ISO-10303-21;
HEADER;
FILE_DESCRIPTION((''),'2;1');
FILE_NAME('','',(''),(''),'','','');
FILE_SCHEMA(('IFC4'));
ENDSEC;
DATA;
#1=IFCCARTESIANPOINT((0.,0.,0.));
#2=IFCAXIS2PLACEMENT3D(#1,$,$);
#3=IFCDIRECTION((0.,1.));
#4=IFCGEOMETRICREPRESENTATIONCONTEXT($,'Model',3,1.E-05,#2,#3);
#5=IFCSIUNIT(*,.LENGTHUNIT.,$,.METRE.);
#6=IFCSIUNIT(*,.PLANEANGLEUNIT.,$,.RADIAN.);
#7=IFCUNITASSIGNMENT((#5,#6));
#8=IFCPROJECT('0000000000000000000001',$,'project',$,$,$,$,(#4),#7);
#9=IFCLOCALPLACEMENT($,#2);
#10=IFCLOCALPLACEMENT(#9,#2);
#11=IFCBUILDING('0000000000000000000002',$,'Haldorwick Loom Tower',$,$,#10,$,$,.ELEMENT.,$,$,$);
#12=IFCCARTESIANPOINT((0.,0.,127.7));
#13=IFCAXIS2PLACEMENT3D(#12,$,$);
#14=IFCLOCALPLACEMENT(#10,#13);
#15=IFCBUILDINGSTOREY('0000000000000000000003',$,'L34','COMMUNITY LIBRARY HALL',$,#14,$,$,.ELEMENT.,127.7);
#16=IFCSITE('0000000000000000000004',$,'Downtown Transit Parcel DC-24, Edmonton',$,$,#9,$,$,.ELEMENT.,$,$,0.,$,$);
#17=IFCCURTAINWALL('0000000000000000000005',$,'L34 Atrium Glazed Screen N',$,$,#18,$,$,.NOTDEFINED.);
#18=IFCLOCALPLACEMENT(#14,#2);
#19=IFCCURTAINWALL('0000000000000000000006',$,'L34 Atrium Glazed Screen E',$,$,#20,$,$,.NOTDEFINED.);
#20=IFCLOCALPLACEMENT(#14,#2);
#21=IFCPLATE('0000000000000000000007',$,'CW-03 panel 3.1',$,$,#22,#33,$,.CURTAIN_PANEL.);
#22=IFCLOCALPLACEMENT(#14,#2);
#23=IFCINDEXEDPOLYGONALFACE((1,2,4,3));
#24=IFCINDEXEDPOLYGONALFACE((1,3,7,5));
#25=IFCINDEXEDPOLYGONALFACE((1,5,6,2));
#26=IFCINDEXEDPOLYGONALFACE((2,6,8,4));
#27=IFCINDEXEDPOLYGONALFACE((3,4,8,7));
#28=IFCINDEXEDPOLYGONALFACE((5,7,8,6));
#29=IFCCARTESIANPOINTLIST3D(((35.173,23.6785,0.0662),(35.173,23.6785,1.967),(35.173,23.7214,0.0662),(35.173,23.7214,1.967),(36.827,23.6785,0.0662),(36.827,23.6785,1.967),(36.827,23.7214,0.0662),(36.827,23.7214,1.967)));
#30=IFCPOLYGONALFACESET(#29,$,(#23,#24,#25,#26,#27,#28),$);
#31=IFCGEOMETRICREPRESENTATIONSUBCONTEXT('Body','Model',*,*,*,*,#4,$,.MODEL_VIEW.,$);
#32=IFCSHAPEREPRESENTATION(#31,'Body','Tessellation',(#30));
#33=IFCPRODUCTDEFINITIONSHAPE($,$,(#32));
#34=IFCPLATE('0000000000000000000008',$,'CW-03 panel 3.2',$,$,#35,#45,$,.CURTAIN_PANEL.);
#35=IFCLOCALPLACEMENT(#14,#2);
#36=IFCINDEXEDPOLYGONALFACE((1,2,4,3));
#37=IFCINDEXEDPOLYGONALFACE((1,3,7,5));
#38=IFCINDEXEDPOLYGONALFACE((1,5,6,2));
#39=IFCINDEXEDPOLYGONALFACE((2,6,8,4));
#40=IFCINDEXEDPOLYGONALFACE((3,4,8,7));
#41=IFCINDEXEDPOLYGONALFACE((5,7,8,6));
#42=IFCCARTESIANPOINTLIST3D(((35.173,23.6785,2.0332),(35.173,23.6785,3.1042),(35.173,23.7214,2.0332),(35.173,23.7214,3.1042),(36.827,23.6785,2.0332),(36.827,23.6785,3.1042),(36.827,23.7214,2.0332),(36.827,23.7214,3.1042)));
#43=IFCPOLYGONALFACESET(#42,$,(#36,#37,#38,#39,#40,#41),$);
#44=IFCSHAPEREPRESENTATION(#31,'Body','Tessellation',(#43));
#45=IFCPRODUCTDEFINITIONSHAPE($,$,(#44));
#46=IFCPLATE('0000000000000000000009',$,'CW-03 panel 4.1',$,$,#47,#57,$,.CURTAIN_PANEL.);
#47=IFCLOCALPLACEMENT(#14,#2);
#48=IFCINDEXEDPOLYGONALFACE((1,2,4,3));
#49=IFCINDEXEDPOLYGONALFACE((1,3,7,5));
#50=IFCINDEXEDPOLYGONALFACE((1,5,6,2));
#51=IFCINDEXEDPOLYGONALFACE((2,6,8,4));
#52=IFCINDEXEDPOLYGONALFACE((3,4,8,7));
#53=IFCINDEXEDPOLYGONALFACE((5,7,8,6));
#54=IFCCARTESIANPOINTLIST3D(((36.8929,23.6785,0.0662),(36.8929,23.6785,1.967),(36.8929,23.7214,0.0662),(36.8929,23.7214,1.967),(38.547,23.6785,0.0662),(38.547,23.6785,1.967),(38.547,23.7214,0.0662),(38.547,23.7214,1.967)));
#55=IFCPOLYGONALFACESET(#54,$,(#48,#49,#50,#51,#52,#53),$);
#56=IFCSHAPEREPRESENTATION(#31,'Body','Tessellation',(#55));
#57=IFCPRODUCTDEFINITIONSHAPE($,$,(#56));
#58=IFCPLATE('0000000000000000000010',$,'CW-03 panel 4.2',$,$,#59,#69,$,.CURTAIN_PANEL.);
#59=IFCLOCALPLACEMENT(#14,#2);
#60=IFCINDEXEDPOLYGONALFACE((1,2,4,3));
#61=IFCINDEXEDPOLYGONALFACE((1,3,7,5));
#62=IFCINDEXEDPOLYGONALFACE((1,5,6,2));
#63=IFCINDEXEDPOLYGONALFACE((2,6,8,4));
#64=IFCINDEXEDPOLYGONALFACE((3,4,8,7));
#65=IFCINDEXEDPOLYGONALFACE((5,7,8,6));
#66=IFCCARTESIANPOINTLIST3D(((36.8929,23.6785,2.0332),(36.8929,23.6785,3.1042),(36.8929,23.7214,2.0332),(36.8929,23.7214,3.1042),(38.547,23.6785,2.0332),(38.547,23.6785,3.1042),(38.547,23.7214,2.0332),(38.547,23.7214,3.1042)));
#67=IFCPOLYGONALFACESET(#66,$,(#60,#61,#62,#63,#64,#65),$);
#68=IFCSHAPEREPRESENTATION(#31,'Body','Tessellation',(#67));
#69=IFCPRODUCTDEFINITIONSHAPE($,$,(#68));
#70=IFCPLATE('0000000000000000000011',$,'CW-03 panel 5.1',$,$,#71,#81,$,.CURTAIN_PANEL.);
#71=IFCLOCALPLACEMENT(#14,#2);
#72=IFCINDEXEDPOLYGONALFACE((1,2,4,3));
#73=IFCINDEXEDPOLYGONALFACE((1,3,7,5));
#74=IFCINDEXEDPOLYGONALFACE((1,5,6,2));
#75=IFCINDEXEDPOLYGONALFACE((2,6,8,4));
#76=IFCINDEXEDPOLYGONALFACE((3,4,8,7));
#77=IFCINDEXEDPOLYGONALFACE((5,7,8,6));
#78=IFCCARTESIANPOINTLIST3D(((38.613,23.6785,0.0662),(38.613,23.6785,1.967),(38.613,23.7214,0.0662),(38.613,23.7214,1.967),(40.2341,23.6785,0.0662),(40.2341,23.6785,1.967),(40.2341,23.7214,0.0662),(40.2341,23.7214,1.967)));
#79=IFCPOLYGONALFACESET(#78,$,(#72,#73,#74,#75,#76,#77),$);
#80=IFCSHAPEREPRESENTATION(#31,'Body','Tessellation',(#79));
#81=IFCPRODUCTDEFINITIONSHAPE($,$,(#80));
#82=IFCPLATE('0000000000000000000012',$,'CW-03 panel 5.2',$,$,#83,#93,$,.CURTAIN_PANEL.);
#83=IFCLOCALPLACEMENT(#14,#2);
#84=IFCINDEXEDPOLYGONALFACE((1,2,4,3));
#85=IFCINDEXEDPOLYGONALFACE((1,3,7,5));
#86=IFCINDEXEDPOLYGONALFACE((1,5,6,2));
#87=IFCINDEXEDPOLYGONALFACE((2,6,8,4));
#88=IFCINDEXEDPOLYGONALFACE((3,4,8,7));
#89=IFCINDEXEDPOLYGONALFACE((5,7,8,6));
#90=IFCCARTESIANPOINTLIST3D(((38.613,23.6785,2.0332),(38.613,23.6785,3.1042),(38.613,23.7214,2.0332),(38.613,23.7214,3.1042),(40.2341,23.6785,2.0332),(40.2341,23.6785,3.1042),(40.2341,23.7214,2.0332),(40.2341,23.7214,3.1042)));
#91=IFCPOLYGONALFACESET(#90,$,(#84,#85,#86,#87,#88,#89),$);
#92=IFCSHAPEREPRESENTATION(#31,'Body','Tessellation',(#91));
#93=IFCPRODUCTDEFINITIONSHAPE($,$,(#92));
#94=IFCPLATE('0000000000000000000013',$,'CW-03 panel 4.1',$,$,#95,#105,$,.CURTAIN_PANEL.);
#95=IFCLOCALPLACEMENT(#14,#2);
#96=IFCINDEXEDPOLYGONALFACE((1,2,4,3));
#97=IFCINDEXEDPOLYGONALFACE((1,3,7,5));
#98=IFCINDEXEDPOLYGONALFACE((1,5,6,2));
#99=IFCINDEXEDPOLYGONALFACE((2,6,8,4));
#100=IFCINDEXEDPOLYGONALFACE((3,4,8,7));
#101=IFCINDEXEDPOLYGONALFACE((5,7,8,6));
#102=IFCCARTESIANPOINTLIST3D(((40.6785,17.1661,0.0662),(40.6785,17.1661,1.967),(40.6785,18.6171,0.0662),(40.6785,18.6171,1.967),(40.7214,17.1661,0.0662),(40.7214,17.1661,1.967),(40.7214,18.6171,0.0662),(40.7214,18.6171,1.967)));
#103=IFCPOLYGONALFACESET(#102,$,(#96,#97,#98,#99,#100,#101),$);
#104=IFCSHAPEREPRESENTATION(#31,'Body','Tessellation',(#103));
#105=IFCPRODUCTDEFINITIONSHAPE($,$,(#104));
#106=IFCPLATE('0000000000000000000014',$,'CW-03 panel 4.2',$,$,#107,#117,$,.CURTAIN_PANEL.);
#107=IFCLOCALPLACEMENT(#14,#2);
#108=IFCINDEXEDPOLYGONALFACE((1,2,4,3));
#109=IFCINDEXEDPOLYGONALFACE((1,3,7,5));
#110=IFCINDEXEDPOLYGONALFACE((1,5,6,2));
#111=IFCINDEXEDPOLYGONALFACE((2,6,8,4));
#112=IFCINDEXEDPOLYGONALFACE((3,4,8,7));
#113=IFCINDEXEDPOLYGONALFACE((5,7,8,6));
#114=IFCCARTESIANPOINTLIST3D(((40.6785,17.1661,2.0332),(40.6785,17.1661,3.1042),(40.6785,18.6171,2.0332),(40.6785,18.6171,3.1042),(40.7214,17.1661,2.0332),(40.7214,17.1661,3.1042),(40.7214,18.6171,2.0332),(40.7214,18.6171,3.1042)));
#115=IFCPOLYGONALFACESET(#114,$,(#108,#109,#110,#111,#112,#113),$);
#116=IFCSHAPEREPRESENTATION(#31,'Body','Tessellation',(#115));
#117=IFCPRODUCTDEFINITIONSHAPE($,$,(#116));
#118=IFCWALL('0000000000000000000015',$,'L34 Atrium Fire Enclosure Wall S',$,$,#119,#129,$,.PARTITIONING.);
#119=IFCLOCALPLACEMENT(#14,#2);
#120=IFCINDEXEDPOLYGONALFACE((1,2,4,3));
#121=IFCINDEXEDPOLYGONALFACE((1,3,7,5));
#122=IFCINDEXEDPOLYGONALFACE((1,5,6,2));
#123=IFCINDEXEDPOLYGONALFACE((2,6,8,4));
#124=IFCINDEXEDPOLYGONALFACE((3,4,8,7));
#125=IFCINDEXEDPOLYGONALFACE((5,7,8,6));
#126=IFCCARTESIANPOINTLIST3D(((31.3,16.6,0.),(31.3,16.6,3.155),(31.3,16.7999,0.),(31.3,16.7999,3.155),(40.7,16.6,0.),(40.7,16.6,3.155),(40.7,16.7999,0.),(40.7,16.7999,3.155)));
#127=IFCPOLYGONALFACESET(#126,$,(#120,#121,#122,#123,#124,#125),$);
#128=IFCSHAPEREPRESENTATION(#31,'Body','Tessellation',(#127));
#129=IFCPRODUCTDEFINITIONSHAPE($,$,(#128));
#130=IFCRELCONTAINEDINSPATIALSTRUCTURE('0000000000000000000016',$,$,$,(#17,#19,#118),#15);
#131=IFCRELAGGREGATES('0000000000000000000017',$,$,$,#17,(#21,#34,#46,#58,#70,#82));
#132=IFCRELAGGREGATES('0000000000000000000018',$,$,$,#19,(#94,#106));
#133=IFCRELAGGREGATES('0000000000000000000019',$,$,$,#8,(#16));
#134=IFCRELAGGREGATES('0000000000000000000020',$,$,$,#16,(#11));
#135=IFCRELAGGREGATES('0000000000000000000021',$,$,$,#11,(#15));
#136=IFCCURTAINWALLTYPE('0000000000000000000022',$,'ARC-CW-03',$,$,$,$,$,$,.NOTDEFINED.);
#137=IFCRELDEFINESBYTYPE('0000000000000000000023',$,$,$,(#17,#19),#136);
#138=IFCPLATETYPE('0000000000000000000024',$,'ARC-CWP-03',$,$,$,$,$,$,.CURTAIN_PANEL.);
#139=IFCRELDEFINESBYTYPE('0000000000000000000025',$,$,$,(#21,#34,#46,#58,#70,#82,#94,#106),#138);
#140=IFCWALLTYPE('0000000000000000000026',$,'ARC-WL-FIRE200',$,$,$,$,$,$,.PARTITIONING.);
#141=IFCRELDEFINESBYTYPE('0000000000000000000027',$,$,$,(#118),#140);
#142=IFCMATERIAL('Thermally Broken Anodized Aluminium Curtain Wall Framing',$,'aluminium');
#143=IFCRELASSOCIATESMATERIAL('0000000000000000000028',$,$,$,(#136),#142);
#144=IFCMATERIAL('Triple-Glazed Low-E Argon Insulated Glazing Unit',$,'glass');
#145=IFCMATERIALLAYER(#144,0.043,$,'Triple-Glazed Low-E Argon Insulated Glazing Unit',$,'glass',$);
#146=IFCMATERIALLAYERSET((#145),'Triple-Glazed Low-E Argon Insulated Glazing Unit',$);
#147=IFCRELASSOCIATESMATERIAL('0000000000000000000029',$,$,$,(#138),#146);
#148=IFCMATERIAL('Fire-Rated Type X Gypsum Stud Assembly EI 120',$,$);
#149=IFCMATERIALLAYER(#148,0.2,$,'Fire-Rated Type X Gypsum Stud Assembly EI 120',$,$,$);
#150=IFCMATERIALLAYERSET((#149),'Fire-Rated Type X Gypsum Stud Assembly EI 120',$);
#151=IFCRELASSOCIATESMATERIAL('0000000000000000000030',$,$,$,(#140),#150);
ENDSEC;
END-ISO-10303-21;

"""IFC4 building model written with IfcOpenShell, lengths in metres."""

from ifc_helpers import new_model, si_unit, direction, frame, frame_2d, origin, origin_2d, place, context, subcontext, project, spatial, rectangle, extrude, material, layer, layer_set, type_object, element, aggregate, save


model = new_model("IFC4")

# Units and contexts
model_context = context("Model", 3, precision=1e-05, world=origin(), true_north=direction((0.0, 1.0)))
body_context = subcontext(model_context, "Body", "Model", "MODEL_VIEW")
ifc_project = project(units=[si_unit("LENGTHUNIT", "METRE"), si_unit("PLANEANGLEUNIT", "RADIAN")], contexts=[model_context])

# Site, building, storey
site_placement = place(None, origin())
site = spatial("IfcSite", under=ifc_project, at=site_placement, Name="Downtown Transit Parcel DC-24, Edmonton", CompositionType="ELEMENT", RefElevation=0.0)
building_placement = place(site_placement, origin())
building = spatial("IfcBuilding", under=site, at=building_placement, Name="Haldorwick Loom Tower", CompositionType="ELEMENT")
storey_placement = place(building_placement, frame((0.0, 0.0, 127.7)))
storey = spatial("IfcBuildingStorey", under=building, at=storey_placement, Name="L34", Description="COMMUNITY LIBRARY HALL", CompositionType="ELEMENT", Elevation=127.7)

# Shared definitions
ifc_material_1 = material(Name="Thermally Broken Anodized Aluminium Curtain Wall Framing", Category="aluminium")
curtain_wall_type = type_object("IfcCurtainWallType", Name="ARC-CW-03", PredefinedType="NOTDEFINED", material=ifc_material_1)

# Curtain walls
curtain_wall_1_placement = place(storey_placement, origin())
curtain_wall_1 = element("IfcCurtainWall", 1, at=curtain_wall_1_placement, inside=storey, type_object=curtain_wall_type, Name="L34 Atrium Glazed Screen N", PredefinedType="NOTDEFINED")
curtain_wall_2_placement = place(storey_placement, origin())
curtain_wall_2 = element("IfcCurtainWall", 2, at=curtain_wall_2_placement, inside=storey, type_object=curtain_wall_type, Name="L34 Atrium Glazed Screen E", PredefinedType="NOTDEFINED")

# Plates
ifc_material_2 = material(Name="Triple-Glazed Low-E Argon Insulated Glazing Unit", Category="glass")
ifc_layer_1 = layer(ifc_material_2, 0.043, Name="Triple-Glazed Low-E Argon Insulated Glazing Unit", Category="glass")
ifc_layer_set_1 = layer_set([ifc_layer_1], Name="Triple-Glazed Low-E Argon Insulated Glazing Unit")
plate_type = type_object("IfcPlateType", Name="ARC-CWP-03", PredefinedType="CURTAIN_PANEL", material=ifc_layer_set_1)
plate_1_placement = place(storey_placement, frame((36.0, 23.7, 0.0662), z_axis=(0.0, 0.0, 1.0), x_axis=(1.0, 0.0, 0.0)))
plate_1 = element("IfcPlate", 3, at=plate_1_placement, type_object=plate_type, Name="CW-03 panel 3.1", PredefinedType="CURTAIN_PANEL", context=body_context, shape_type="SweptSolid", body=[
    extrude(rectangle(XDim=1.6541, YDim=0.043, at=origin_2d()), origin(), (0.0, 0.0, 1.0), 1.9009),
])
plate_2_placement = place(storey_placement, frame((36.0, 23.7, 2.0332), z_axis=(0.0, 0.0, 1.0), x_axis=(1.0, 0.0, 0.0)))
plate_2 = element("IfcPlate", 4, at=plate_2_placement, type_object=plate_type, Name="CW-03 panel 3.2", PredefinedType="CURTAIN_PANEL", context=body_context, shape_type="SweptSolid", body=[
    extrude(rectangle(XDim=1.6541, YDim=0.043, at=origin_2d()), origin(), (0.0, 0.0, 1.0), 1.071),
])
plate_3_placement = place(storey_placement, frame((37.72, 23.7, 0.0662), z_axis=(0.0, 0.0, 1.0), x_axis=(1.0, 0.0, 0.0)))
plate_3 = element("IfcPlate", 5, at=plate_3_placement, type_object=plate_type, Name="CW-03 panel 4.1", PredefinedType="CURTAIN_PANEL", context=body_context, shape_type="SweptSolid", body=[
    extrude(rectangle(XDim=1.6541, YDim=0.043, at=origin_2d()), origin(), (0.0, 0.0, 1.0), 1.9009),
])
plate_4_placement = place(storey_placement, frame((37.72, 23.7, 2.0332), z_axis=(0.0, 0.0, 1.0), x_axis=(1.0, 0.0, 0.0)))
plate_4 = element("IfcPlate", 6, at=plate_4_placement, type_object=plate_type, Name="CW-03 panel 4.2", PredefinedType="CURTAIN_PANEL", context=body_context, shape_type="SweptSolid", body=[
    extrude(rectangle(XDim=1.6541, YDim=0.043, at=origin_2d()), origin(), (0.0, 0.0, 1.0), 1.071),
])
plate_5_placement = place(storey_placement, frame((39.4236, 23.7, 0.0662), z_axis=(0.0, 0.0, 1.0), x_axis=(1.0, 0.0, 0.0)))
plate_5 = element("IfcPlate", 7, at=plate_5_placement, type_object=plate_type, Name="CW-03 panel 5.1", PredefinedType="CURTAIN_PANEL", context=body_context, shape_type="SweptSolid", body=[
    extrude(rectangle(XDim=1.6211, YDim=0.043, at=origin_2d()), origin(), (0.0, 0.0, 1.0), 1.9009),
])
plate_6_placement = place(storey_placement, frame((39.4236, 23.7, 2.0332), z_axis=(0.0, 0.0, 1.0), x_axis=(1.0, 0.0, 0.0)))
plate_6 = element("IfcPlate", 8, at=plate_6_placement, type_object=plate_type, Name="CW-03 panel 5.2", PredefinedType="CURTAIN_PANEL", context=body_context, shape_type="SweptSolid", body=[
    extrude(rectangle(XDim=1.6211, YDim=0.043, at=origin_2d()), origin(), (0.0, 0.0, 1.0), 1.071),
])
aggregate(curtain_wall_1, [plate_1, plate_2, plate_3, plate_4, plate_5, plate_6])
plate_7_placement = place(storey_placement, frame((40.7, 17.8916, 0.0662), z_axis=(0.0, 0.0, 1.0), x_axis=(0.0, -1.0, 0.0)))
plate_7 = element("IfcPlate", 9, at=plate_7_placement, type_object=plate_type, Name="CW-03 panel 4.1", PredefinedType="CURTAIN_PANEL", context=body_context, shape_type="SweptSolid", body=[
    extrude(rectangle(XDim=1.4509, YDim=0.043, at=origin_2d()), origin(), (0.0, 0.0, 1.0), 1.9009),
])
plate_8_placement = place(storey_placement, frame((40.7, 17.8916, 2.0332), z_axis=(0.0, 0.0, 1.0), x_axis=(0.0, -1.0, 0.0)))
plate_8 = element("IfcPlate", 10, at=plate_8_placement, type_object=plate_type, Name="CW-03 panel 4.2", PredefinedType="CURTAIN_PANEL", context=body_context, shape_type="SweptSolid", body=[
    extrude(rectangle(XDim=1.4509, YDim=0.043, at=origin_2d()), origin(), (0.0, 0.0, 1.0), 1.071),
])
aggregate(curtain_wall_2, [plate_7, plate_8])

# Wall
ifc_material_3 = material(Name="Fire-Rated Type X Gypsum Stud Assembly EI 120")
ifc_layer_2 = layer(ifc_material_3, 0.2, Name="Fire-Rated Type X Gypsum Stud Assembly EI 120")
ifc_layer_set_2 = layer_set([ifc_layer_2], Name="Fire-Rated Type X Gypsum Stud Assembly EI 120")
wall_type = type_object("IfcWallType", Name="ARC-WL-FIRE200", PredefinedType="PARTITIONING", material=ifc_layer_set_2)
wall_placement = place(storey_placement, frame((40.7, 16.7, 0.0), z_axis=(0.0, 0.0, 1.0), x_axis=(-1.0, 0.0, 0.0)))
element("IfcWall", 11, at=wall_placement, inside=storey, type_object=wall_type, Name="L34 Atrium Fire Enclosure Wall S", PredefinedType="PARTITIONING", context=body_context, shape_type="SweptSolid", body=[
    extrude(rectangle(XDim=9.3999, YDim=0.2, at=frame_2d((4.7, 0.0))), origin(), (0.0, 0.0, 1.0), 3.155),
])

save(model, "model.ifc")
